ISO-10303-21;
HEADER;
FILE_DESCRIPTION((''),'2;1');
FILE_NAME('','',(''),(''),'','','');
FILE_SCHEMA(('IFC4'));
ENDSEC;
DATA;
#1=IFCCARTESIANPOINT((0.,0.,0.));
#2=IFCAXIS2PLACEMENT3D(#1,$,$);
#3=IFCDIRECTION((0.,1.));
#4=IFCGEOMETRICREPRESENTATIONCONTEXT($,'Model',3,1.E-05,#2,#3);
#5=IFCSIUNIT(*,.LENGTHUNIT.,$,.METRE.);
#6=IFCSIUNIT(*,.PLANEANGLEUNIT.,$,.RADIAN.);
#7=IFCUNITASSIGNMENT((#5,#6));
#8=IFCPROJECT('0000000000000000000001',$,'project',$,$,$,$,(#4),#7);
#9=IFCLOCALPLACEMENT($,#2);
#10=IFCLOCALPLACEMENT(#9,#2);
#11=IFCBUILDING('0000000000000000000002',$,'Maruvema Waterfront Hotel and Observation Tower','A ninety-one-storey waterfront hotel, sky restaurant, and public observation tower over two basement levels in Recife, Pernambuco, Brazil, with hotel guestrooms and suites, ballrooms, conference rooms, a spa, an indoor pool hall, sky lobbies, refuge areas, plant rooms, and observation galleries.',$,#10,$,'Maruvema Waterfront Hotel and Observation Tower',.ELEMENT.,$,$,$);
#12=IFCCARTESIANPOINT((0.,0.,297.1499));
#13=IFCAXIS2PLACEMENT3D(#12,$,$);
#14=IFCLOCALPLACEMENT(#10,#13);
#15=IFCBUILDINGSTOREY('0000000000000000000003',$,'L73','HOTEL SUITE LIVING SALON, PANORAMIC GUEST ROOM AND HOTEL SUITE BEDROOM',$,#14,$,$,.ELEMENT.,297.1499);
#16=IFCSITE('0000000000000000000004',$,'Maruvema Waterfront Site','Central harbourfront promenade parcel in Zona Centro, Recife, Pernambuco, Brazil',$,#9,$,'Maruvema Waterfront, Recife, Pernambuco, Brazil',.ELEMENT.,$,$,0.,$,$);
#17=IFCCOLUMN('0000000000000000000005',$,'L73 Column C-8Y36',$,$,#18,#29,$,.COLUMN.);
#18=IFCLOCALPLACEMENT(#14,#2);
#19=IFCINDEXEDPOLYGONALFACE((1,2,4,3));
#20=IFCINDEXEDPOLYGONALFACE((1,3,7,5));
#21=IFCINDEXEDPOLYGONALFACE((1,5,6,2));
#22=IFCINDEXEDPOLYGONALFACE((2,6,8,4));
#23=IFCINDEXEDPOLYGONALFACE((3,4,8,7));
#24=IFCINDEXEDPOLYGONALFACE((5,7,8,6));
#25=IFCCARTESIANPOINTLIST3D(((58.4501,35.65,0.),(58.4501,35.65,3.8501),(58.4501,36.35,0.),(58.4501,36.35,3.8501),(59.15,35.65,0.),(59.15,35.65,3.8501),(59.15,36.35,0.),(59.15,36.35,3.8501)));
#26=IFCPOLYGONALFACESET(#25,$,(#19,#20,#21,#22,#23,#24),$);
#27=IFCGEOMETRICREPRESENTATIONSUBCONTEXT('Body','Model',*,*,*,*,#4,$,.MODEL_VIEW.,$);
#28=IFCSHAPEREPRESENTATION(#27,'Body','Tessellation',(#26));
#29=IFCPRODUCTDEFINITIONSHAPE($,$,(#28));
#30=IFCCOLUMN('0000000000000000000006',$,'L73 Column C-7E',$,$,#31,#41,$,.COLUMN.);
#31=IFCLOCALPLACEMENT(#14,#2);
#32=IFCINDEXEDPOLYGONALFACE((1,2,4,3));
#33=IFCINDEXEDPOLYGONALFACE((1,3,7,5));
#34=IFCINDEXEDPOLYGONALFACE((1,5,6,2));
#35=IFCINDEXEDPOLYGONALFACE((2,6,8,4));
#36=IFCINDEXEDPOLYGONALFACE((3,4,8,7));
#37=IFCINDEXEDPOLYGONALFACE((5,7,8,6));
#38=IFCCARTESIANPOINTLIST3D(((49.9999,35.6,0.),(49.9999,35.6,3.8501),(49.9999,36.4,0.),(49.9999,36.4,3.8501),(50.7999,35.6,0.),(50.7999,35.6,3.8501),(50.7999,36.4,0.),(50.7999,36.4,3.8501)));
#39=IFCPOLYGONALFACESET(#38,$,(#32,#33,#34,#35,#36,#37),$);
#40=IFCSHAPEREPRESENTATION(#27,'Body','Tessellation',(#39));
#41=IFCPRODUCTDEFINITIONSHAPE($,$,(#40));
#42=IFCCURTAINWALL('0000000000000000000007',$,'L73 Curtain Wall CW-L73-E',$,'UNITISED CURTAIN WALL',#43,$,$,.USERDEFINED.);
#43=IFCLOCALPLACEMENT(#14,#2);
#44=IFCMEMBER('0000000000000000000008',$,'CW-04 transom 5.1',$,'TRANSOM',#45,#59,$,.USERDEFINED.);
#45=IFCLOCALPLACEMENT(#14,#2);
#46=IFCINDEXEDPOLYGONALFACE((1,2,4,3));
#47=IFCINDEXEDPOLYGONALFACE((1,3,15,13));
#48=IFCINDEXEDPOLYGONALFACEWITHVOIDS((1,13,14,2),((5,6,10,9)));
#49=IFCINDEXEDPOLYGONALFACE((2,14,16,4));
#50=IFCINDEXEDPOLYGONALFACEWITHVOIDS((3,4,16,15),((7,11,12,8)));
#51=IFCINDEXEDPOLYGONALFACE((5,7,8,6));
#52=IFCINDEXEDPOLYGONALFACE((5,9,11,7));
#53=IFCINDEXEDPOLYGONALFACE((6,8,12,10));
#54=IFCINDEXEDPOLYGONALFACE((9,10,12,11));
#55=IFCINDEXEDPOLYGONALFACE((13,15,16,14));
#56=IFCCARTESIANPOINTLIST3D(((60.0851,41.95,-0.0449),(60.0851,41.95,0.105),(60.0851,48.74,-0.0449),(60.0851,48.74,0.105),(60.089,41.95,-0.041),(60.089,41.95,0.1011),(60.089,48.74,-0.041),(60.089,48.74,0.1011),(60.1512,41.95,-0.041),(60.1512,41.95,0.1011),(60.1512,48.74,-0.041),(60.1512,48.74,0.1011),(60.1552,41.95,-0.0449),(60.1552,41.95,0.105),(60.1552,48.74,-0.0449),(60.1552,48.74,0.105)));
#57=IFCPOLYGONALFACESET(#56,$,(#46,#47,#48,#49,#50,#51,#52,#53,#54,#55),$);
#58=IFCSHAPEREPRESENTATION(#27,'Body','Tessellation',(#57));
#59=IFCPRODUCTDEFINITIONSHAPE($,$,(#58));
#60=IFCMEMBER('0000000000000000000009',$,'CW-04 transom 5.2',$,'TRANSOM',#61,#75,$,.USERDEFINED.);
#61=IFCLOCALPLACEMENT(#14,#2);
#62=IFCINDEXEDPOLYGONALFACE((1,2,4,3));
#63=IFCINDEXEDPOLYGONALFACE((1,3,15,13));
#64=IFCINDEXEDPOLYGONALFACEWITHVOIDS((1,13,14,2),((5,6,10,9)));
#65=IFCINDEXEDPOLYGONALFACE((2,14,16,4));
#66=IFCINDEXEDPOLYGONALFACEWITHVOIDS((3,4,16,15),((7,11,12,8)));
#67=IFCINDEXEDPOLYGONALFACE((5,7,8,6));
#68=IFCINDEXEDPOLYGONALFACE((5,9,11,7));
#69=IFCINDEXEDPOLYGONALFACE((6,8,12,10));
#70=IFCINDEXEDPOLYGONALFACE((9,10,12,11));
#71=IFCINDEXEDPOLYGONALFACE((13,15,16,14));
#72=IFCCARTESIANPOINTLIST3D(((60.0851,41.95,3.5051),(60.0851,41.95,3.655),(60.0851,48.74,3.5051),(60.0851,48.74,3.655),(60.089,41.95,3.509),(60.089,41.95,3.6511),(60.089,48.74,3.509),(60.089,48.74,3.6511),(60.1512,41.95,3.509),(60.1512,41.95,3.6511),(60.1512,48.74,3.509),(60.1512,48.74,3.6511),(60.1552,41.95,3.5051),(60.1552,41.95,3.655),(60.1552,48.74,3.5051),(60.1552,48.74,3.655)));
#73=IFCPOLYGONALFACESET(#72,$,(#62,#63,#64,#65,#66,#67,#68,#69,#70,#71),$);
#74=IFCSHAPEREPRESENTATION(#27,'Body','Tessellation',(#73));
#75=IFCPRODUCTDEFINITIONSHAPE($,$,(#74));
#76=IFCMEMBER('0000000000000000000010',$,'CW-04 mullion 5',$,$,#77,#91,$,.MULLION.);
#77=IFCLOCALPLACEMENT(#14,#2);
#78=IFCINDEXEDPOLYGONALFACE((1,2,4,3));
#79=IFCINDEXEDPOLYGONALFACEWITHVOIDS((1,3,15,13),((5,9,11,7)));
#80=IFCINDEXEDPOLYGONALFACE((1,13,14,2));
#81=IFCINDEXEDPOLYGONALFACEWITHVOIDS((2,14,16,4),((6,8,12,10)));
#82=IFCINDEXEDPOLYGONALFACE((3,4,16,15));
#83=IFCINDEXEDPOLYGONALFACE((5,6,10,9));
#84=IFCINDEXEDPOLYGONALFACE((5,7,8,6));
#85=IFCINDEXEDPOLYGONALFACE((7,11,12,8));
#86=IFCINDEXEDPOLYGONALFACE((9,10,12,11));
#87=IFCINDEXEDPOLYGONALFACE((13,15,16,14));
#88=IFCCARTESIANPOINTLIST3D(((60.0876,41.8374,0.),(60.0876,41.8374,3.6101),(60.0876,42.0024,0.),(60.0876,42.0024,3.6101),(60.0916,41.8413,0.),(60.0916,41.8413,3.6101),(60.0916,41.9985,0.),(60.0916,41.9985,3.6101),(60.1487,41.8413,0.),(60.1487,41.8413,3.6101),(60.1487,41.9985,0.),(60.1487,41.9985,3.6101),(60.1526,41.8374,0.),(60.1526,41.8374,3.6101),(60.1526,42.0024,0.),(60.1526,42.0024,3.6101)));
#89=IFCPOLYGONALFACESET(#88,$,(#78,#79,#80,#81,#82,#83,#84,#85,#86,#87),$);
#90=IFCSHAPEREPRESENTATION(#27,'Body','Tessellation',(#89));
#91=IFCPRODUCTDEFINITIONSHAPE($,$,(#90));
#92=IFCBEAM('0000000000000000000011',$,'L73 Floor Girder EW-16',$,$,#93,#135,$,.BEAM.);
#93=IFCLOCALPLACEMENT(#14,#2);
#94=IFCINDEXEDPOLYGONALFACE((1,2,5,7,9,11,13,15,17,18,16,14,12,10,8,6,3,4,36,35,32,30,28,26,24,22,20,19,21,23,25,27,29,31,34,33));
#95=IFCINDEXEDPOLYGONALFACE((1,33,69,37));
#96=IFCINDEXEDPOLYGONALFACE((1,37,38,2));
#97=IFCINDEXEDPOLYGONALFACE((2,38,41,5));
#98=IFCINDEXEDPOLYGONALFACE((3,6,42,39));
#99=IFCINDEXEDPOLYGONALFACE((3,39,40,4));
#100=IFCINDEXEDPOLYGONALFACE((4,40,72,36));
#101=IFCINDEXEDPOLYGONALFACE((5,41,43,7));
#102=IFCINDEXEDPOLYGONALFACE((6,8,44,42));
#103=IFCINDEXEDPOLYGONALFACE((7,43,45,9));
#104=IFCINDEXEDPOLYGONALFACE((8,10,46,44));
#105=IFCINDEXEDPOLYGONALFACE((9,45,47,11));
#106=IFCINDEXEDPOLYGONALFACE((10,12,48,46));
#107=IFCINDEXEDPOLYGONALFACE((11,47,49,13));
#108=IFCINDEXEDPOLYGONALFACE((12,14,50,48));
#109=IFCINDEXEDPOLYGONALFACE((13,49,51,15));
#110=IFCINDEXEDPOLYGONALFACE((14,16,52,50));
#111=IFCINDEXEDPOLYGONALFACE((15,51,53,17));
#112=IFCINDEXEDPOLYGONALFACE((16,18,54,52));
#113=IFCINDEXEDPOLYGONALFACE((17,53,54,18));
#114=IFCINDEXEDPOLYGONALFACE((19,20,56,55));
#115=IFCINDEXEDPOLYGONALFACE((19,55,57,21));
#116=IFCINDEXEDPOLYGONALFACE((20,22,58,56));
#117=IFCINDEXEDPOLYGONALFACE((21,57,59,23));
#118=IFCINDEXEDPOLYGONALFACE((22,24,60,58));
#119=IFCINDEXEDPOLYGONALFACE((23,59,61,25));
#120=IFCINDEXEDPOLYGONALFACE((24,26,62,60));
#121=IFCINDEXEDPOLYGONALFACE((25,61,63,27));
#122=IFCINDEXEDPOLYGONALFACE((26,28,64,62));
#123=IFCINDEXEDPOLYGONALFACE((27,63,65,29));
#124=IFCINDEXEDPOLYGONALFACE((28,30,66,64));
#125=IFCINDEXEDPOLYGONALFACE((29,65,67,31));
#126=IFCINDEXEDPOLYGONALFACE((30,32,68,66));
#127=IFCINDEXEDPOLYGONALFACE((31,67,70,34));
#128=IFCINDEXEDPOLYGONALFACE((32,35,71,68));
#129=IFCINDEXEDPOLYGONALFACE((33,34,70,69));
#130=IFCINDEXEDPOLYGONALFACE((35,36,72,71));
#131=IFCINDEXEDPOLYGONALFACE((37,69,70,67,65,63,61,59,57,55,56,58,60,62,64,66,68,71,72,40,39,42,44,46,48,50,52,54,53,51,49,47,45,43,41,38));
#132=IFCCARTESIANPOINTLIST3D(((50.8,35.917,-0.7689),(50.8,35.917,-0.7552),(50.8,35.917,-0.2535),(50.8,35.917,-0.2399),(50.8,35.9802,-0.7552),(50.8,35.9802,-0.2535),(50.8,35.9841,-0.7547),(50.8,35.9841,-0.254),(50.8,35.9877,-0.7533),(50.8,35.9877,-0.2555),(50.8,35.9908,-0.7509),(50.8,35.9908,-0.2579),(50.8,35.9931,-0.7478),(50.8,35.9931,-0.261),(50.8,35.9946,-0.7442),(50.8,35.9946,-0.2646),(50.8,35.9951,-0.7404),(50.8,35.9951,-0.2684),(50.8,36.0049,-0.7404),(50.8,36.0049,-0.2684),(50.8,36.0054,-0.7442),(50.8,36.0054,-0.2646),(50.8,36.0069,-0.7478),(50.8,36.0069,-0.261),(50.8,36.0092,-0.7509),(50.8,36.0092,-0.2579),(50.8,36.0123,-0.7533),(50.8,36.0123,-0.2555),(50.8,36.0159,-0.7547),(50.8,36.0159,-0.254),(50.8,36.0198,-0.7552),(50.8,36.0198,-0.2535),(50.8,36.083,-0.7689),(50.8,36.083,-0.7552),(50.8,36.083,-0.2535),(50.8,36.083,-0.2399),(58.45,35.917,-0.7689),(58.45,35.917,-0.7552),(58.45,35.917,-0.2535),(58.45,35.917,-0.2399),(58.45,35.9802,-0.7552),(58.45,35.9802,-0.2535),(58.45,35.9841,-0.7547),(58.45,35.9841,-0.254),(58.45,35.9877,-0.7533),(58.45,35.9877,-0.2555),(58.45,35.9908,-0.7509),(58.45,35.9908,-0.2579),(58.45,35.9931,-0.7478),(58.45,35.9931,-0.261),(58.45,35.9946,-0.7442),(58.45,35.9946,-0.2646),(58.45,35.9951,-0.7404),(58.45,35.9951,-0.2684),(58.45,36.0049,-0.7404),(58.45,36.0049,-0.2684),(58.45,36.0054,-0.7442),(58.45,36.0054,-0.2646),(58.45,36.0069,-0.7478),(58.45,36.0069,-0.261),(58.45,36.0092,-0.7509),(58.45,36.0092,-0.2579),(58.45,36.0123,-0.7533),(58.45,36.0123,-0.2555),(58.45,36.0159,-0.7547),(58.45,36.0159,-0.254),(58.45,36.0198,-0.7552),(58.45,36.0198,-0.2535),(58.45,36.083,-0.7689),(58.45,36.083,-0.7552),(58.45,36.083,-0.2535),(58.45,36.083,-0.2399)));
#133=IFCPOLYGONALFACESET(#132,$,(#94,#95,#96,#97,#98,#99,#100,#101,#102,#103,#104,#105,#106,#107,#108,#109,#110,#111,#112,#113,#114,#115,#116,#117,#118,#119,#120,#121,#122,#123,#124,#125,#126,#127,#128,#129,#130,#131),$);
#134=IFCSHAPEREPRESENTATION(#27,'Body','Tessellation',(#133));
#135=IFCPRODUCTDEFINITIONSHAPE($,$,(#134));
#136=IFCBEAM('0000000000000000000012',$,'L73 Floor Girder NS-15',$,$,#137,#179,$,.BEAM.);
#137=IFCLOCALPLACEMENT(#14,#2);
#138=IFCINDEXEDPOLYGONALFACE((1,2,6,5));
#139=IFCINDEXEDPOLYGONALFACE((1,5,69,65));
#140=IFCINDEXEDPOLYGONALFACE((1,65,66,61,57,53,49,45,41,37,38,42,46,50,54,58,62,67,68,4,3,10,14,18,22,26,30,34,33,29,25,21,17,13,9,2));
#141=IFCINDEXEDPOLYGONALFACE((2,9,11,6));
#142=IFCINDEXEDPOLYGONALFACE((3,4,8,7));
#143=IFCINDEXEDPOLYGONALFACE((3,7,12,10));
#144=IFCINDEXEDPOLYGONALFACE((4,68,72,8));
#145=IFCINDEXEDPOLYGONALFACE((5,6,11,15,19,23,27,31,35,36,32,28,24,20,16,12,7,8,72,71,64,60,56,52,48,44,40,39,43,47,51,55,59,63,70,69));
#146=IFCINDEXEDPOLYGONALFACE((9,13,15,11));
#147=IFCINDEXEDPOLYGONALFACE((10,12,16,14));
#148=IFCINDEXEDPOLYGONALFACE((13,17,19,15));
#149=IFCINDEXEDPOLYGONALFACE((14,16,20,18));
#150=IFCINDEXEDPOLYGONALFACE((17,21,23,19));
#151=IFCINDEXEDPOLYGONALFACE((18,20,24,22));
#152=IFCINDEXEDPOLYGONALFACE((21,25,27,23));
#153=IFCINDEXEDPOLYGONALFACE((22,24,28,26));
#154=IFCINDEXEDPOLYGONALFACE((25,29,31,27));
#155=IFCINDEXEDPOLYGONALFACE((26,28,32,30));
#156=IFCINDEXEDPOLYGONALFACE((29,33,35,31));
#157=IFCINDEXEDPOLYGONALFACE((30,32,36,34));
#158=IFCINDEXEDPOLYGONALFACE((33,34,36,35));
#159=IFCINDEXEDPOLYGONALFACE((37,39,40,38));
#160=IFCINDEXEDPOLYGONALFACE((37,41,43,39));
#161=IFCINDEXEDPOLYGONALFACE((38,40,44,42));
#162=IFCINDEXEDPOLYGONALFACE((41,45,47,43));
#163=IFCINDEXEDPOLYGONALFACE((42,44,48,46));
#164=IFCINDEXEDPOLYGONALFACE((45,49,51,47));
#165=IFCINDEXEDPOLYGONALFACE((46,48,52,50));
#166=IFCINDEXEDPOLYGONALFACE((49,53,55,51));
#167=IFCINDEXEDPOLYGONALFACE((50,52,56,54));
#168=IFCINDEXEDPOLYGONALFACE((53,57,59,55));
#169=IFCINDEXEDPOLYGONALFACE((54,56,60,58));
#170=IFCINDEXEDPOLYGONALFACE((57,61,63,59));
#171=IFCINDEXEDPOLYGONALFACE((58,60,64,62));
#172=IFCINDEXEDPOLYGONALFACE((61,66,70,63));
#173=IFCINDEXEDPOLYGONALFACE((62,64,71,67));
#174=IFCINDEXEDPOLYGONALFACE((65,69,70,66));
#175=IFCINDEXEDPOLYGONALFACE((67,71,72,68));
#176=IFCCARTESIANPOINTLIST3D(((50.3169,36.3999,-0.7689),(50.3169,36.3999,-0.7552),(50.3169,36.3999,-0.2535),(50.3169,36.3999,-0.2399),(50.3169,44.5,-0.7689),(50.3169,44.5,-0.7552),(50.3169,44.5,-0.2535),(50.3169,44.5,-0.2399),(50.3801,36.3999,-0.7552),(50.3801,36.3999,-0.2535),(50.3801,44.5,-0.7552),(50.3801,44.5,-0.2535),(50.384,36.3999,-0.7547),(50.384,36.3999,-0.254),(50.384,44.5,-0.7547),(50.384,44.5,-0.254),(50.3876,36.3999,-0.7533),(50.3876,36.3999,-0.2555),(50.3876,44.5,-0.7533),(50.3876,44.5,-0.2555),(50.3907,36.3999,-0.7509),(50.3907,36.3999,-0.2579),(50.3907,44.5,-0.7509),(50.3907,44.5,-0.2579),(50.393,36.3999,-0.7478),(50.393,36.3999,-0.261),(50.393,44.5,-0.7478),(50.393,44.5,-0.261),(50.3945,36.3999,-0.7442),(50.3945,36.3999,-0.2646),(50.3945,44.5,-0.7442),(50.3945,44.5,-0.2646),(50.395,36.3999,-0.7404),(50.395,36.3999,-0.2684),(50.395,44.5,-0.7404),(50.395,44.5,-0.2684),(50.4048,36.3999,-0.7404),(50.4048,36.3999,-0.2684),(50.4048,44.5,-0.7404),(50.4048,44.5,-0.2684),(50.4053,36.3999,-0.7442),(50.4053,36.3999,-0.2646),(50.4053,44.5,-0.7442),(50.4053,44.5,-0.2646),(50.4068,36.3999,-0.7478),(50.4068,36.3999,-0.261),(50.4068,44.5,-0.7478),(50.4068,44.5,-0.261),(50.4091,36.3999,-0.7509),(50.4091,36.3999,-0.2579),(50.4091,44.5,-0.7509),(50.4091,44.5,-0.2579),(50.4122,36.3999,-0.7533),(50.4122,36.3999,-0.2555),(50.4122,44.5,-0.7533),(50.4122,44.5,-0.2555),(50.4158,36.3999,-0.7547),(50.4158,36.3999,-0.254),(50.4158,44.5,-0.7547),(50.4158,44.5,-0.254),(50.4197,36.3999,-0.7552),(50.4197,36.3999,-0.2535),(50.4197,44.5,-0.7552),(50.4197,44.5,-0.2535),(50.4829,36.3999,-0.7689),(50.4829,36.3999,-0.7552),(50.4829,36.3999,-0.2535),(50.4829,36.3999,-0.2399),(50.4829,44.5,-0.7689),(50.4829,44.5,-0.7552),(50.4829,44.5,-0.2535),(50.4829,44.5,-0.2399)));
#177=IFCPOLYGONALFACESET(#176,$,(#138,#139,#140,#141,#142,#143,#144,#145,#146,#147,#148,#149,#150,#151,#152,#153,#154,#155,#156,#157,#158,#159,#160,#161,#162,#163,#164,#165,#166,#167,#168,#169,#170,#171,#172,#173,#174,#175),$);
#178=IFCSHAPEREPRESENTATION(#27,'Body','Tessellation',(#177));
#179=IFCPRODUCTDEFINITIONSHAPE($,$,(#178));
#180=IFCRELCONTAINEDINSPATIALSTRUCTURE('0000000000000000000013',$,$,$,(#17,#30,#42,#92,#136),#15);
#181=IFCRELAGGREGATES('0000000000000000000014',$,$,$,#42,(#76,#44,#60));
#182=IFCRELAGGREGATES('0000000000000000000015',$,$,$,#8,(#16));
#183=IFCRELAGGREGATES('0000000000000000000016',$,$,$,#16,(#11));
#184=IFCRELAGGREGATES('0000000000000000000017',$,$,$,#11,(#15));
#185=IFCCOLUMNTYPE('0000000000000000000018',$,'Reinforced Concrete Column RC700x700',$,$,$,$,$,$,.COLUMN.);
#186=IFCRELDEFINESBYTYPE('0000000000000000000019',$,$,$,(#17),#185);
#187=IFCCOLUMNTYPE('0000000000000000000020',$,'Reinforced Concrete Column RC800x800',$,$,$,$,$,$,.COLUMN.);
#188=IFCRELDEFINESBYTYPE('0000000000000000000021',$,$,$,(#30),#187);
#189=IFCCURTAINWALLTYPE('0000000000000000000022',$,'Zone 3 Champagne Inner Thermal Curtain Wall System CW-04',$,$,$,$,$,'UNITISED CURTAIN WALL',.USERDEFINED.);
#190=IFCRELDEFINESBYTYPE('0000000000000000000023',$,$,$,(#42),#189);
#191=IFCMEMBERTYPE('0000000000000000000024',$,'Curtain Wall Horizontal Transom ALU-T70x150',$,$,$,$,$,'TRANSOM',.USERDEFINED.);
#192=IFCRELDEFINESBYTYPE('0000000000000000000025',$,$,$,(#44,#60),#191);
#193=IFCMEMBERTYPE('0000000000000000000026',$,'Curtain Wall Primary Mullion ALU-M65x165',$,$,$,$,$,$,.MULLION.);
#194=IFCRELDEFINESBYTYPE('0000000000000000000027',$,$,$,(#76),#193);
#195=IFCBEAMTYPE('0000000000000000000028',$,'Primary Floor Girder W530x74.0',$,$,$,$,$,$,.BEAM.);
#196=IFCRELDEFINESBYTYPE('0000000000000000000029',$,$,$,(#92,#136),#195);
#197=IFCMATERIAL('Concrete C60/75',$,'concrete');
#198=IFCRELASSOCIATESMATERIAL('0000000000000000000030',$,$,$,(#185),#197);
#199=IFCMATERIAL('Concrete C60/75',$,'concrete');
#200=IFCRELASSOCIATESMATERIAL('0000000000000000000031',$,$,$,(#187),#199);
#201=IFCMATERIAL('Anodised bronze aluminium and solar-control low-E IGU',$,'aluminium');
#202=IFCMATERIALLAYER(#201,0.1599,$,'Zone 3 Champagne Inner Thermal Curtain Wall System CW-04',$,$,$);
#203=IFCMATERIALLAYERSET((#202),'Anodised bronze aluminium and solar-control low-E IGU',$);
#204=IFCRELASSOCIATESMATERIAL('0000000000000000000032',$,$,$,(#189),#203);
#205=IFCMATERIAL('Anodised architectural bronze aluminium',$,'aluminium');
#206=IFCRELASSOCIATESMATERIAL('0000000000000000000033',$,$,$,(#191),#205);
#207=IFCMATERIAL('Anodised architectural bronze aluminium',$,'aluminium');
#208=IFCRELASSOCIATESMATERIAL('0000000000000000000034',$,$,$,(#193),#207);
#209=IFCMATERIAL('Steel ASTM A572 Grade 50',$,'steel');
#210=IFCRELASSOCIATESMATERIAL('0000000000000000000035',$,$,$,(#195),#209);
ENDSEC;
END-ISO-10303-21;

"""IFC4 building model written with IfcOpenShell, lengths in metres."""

from ifc_helpers import new_model, si_unit, direction, frame, origin, origin_2d, place, context, subcontext, project, spatial, rectangle, hollow_rectangle, i_section, extrude, material, layer, layer_set, material_profile, profile_set, type_object, element, aggregate, save


model = new_model("IFC4")

# Units and contexts
model_context = context("Model", 3, precision=1e-05, world=origin(), true_north=direction((0.0, 1.0)))
body_context = subcontext(model_context, "Body", "Model", "MODEL_VIEW")
ifc_project = project(units=[si_unit("LENGTHUNIT", "METRE"), si_unit("PLANEANGLEUNIT", "RADIAN")], contexts=[model_context])

# Site, building, storey
site_placement = place(None, origin())
site = spatial("IfcSite", under=ifc_project, at=site_placement, Name="Maruvema Waterfront Site", Description="Central harbourfront promenade parcel in Zona Centro, Recife, Pernambuco, Brazil", LongName="Maruvema Waterfront, Recife, Pernambuco, Brazil", CompositionType="ELEMENT", RefElevation=0.0)
building_placement = place(site_placement, origin())
building = spatial("IfcBuilding", under=site, at=building_placement, Name="Maruvema Waterfront Hotel and Observation Tower", Description="A ninety-one-storey waterfront hotel, sky restaurant, and public observation tower over two basement levels in Recife, Pernambuco, Brazil, with hotel guestrooms and suites, ballrooms, conference rooms, a spa, an indoor pool hall, sky lobbies, refuge areas, plant rooms, and observation galleries.", LongName="Maruvema Waterfront Hotel and Observation Tower", CompositionType="ELEMENT")
storey_placement = place(building_placement, frame((0.0, 0.0, 297.1499)))
storey = spatial("IfcBuildingStorey", under=building, at=storey_placement, Name="L73", Description="HOTEL SUITE LIVING SALON, PANORAMIC GUEST ROOM AND HOTEL SUITE BEDROOM", CompositionType="ELEMENT", Elevation=297.1499)

# Columns
ifc_material_1 = material(Name="Concrete C60/75", Category="concrete")
ifc_material_profile_1 = material_profile(ifc_material_1, rectangle(XDim=0.7, YDim=0.7, at=origin_2d()), Name="RC700x700")
ifc_profile_set_1 = profile_set([ifc_material_profile_1], Name="Concrete C60/75")
column_type_1 = type_object("IfcColumnType", Name="Reinforced Concrete Column RC700x700", PredefinedType="COLUMN", material=ifc_profile_set_1)
column_1_placement = place(storey_placement, frame((58.8, 36.0, 0.0), z_axis=(0.0, 0.0, 1.0), x_axis=(1.0, 0.0, 0.0)))
element("IfcColumn", 1, at=column_1_placement, inside=storey, type_object=column_type_1, Name="L73 Column C-8Y36", PredefinedType="COLUMN", context=body_context, shape_type="SweptSolid", body=[
    extrude(rectangle(XDim=0.7, YDim=0.7, at=origin_2d()), origin(), (0.0, 0.0, 1.0), 3.8501),
])
ifc_material_2 = material(Name="Concrete C60/75", Category="concrete")
ifc_material_profile_2 = material_profile(ifc_material_2, rectangle(XDim=0.8, YDim=0.8, at=origin_2d()), Name="RC800x800")
ifc_profile_set_2 = profile_set([ifc_material_profile_2], Name="Concrete C60/75")
column_type_2 = type_object("IfcColumnType", Name="Reinforced Concrete Column RC800x800", PredefinedType="COLUMN", material=ifc_profile_set_2)
column_2_placement = place(storey_placement, frame((50.3999, 36.0, 0.0), z_axis=(0.0, 0.0, 1.0), x_axis=(1.0, 0.0, 0.0)))
element("IfcColumn", 2, at=column_2_placement, inside=storey, type_object=column_type_2, Name="L73 Column C-7E", PredefinedType="COLUMN", context=body_context, shape_type="SweptSolid", body=[
    extrude(rectangle(XDim=0.8, YDim=0.8, at=origin_2d()), origin(), (0.0, 0.0, 1.0), 3.8501),
])

# Curtain wall, members
ifc_material_3 = material(Name="Anodised bronze aluminium and solar-control low-E IGU", Category="aluminium")
ifc_layer_1 = layer(ifc_material_3, 0.1599, Name="Zone 3 Champagne Inner Thermal Curtain Wall System CW-04")
ifc_layer_set_1 = layer_set([ifc_layer_1], Name="Anodised bronze aluminium and solar-control low-E IGU")
curtain_wall_type = type_object("IfcCurtainWallType", Name="Zone 3 Champagne Inner Thermal Curtain Wall System CW-04", ElementType="UNITISED CURTAIN WALL", PredefinedType="USERDEFINED", material=ifc_layer_set_1)
curtain_wall_placement = place(storey_placement, origin())
curtain_wall = element("IfcCurtainWall", 3, at=curtain_wall_placement, inside=storey, type_object=curtain_wall_type, Name="L73 Curtain Wall CW-L73-E", ObjectType="UNITISED CURTAIN WALL", PredefinedType="USERDEFINED")
ifc_material_4 = material(Name="Anodised architectural bronze aluminium", Category="aluminium")
ifc_material_profile_3 = material_profile(ifc_material_4, hollow_rectangle(XDim=0.0701, YDim=0.1499, WallThickness=0.0039, at=origin_2d()), Name="ALU-T70x150")
ifc_profile_set_3 = profile_set([ifc_material_profile_3], Name="Anodised architectural bronze aluminium")
member_type_1 = type_object("IfcMemberType", Name="Curtain Wall Horizontal Transom ALU-T70x150", ElementType="TRANSOM", PredefinedType="USERDEFINED", material=ifc_profile_set_3)
member_1_placement = place(storey_placement, frame((60.1201, 41.95, 0.03), z_axis=(0.0, 1.0, 0.0), x_axis=(-1.0, 0.0, 0.0)))
member_1 = element("IfcMember", 4, at=member_1_placement, type_object=member_type_1, Name="CW-04 transom 5.1", ObjectType="TRANSOM", PredefinedType="USERDEFINED", context=body_context, shape_type="SweptSolid", body=[
    extrude(hollow_rectangle(XDim=0.0701, YDim=0.1499, WallThickness=0.0039, at=origin_2d()), origin(), (0.0, 0.0, 1.0), 6.79),
])
member_2_placement = place(storey_placement, frame((60.1201, 41.95, 3.5801), z_axis=(0.0, 1.0, 0.0), x_axis=(-1.0, 0.0, 0.0)))
member_2 = element("IfcMember", 5, at=member_2_placement, type_object=member_type_1, Name="CW-04 transom 5.2", ObjectType="TRANSOM", PredefinedType="USERDEFINED", context=body_context, shape_type="SweptSolid", body=[
    extrude(hollow_rectangle(XDim=0.0701, YDim=0.1499, WallThickness=0.0039, at=origin_2d()), origin(), (0.0, 0.0, 1.0), 6.79),
])
ifc_material_5 = material(Name="Anodised architectural bronze aluminium", Category="aluminium")
ifc_material_profile_4 = material_profile(ifc_material_5, hollow_rectangle(XDim=0.0649, YDim=0.165, WallThickness=0.0039, at=origin_2d()), Name="ALU-M65x165")
ifc_profile_set_4 = profile_set([ifc_material_profile_4], Name="Anodised architectural bronze aluminium")
member_type_2 = type_object("IfcMemberType", Name="Curtain Wall Primary Mullion ALU-M65x165", PredefinedType="MULLION", material=ifc_profile_set_4)
member_3_placement = place(storey_placement, frame((60.1201, 41.9199, 0.0), z_axis=(0.0, 0.0, 1.0), x_axis=(-1.0, 0.0, 0.0)))
member_3 = element("IfcMember", 6, at=member_3_placement, type_object=member_type_2, Name="CW-04 mullion 5", PredefinedType="MULLION", context=body_context, shape_type="SweptSolid", body=[
    extrude(hollow_rectangle(XDim=0.0649, YDim=0.165, WallThickness=0.0039, at=origin_2d()), origin(), (0.0, 0.0, 1.0), 3.6101),
])

# Beams
ifc_material_6 = material(Name="Steel ASTM A572 Grade 50", Category="steel")
ifc_material_profile_5 = material_profile(ifc_material_6, i_section(OverallWidth=0.166, OverallDepth=0.5291, WebThickness=0.0098, FlangeThickness=0.0137, FilletRadius=0.0149, at=origin_2d()), Name="W530x74.0")
ifc_profile_set_5 = profile_set([ifc_material_profile_5], Name="Steel ASTM A572 Grade 50")
beam_type_1 = type_object("IfcBeamType", Name="Primary Floor Girder W530x74.0", PredefinedType="BEAM", material=ifc_profile_set_5)
beam_1_placement = place(storey_placement, frame((50.8, 36.0, -0.5044), z_axis=(1.0, 0.0, 0.0), x_axis=(0.0, 1.0, 0.0)))
element("IfcBeam", 7, at=beam_1_placement, inside=storey, type_object=beam_type_1, Name="L73 Floor Girder EW-16", PredefinedType="BEAM", context=body_context, shape_type="SweptSolid", body=[
    extrude(i_section(OverallWidth=0.166, OverallDepth=0.5291, WebThickness=0.0098, FlangeThickness=0.0137, FilletRadius=0.0149, at=origin_2d()), origin(), (0.0, 0.0, 1.0), 7.6499),
])
beam_2_placement = place(storey_placement, frame((50.3999, 36.3999, -0.5044), z_axis=(0.0, 1.0, 0.0), x_axis=(-1.0, 0.0, 0.0)))
element("IfcBeam", 8, at=beam_2_placement, inside=storey, type_object=beam_type_1, Name="L73 Floor Girder NS-15", PredefinedType="BEAM", context=body_context, shape_type="SweptSolid", body=[
    extrude(i_section(OverallWidth=0.166, OverallDepth=0.5291, WebThickness=0.0098, FlangeThickness=0.0137, FilletRadius=0.0149, at=origin_2d()), origin(), (0.0, 0.0, 1.0), 8.1001),
])

aggregate(curtain_wall, [member_3, member_1, member_2])

save(model, "model.ifc")
